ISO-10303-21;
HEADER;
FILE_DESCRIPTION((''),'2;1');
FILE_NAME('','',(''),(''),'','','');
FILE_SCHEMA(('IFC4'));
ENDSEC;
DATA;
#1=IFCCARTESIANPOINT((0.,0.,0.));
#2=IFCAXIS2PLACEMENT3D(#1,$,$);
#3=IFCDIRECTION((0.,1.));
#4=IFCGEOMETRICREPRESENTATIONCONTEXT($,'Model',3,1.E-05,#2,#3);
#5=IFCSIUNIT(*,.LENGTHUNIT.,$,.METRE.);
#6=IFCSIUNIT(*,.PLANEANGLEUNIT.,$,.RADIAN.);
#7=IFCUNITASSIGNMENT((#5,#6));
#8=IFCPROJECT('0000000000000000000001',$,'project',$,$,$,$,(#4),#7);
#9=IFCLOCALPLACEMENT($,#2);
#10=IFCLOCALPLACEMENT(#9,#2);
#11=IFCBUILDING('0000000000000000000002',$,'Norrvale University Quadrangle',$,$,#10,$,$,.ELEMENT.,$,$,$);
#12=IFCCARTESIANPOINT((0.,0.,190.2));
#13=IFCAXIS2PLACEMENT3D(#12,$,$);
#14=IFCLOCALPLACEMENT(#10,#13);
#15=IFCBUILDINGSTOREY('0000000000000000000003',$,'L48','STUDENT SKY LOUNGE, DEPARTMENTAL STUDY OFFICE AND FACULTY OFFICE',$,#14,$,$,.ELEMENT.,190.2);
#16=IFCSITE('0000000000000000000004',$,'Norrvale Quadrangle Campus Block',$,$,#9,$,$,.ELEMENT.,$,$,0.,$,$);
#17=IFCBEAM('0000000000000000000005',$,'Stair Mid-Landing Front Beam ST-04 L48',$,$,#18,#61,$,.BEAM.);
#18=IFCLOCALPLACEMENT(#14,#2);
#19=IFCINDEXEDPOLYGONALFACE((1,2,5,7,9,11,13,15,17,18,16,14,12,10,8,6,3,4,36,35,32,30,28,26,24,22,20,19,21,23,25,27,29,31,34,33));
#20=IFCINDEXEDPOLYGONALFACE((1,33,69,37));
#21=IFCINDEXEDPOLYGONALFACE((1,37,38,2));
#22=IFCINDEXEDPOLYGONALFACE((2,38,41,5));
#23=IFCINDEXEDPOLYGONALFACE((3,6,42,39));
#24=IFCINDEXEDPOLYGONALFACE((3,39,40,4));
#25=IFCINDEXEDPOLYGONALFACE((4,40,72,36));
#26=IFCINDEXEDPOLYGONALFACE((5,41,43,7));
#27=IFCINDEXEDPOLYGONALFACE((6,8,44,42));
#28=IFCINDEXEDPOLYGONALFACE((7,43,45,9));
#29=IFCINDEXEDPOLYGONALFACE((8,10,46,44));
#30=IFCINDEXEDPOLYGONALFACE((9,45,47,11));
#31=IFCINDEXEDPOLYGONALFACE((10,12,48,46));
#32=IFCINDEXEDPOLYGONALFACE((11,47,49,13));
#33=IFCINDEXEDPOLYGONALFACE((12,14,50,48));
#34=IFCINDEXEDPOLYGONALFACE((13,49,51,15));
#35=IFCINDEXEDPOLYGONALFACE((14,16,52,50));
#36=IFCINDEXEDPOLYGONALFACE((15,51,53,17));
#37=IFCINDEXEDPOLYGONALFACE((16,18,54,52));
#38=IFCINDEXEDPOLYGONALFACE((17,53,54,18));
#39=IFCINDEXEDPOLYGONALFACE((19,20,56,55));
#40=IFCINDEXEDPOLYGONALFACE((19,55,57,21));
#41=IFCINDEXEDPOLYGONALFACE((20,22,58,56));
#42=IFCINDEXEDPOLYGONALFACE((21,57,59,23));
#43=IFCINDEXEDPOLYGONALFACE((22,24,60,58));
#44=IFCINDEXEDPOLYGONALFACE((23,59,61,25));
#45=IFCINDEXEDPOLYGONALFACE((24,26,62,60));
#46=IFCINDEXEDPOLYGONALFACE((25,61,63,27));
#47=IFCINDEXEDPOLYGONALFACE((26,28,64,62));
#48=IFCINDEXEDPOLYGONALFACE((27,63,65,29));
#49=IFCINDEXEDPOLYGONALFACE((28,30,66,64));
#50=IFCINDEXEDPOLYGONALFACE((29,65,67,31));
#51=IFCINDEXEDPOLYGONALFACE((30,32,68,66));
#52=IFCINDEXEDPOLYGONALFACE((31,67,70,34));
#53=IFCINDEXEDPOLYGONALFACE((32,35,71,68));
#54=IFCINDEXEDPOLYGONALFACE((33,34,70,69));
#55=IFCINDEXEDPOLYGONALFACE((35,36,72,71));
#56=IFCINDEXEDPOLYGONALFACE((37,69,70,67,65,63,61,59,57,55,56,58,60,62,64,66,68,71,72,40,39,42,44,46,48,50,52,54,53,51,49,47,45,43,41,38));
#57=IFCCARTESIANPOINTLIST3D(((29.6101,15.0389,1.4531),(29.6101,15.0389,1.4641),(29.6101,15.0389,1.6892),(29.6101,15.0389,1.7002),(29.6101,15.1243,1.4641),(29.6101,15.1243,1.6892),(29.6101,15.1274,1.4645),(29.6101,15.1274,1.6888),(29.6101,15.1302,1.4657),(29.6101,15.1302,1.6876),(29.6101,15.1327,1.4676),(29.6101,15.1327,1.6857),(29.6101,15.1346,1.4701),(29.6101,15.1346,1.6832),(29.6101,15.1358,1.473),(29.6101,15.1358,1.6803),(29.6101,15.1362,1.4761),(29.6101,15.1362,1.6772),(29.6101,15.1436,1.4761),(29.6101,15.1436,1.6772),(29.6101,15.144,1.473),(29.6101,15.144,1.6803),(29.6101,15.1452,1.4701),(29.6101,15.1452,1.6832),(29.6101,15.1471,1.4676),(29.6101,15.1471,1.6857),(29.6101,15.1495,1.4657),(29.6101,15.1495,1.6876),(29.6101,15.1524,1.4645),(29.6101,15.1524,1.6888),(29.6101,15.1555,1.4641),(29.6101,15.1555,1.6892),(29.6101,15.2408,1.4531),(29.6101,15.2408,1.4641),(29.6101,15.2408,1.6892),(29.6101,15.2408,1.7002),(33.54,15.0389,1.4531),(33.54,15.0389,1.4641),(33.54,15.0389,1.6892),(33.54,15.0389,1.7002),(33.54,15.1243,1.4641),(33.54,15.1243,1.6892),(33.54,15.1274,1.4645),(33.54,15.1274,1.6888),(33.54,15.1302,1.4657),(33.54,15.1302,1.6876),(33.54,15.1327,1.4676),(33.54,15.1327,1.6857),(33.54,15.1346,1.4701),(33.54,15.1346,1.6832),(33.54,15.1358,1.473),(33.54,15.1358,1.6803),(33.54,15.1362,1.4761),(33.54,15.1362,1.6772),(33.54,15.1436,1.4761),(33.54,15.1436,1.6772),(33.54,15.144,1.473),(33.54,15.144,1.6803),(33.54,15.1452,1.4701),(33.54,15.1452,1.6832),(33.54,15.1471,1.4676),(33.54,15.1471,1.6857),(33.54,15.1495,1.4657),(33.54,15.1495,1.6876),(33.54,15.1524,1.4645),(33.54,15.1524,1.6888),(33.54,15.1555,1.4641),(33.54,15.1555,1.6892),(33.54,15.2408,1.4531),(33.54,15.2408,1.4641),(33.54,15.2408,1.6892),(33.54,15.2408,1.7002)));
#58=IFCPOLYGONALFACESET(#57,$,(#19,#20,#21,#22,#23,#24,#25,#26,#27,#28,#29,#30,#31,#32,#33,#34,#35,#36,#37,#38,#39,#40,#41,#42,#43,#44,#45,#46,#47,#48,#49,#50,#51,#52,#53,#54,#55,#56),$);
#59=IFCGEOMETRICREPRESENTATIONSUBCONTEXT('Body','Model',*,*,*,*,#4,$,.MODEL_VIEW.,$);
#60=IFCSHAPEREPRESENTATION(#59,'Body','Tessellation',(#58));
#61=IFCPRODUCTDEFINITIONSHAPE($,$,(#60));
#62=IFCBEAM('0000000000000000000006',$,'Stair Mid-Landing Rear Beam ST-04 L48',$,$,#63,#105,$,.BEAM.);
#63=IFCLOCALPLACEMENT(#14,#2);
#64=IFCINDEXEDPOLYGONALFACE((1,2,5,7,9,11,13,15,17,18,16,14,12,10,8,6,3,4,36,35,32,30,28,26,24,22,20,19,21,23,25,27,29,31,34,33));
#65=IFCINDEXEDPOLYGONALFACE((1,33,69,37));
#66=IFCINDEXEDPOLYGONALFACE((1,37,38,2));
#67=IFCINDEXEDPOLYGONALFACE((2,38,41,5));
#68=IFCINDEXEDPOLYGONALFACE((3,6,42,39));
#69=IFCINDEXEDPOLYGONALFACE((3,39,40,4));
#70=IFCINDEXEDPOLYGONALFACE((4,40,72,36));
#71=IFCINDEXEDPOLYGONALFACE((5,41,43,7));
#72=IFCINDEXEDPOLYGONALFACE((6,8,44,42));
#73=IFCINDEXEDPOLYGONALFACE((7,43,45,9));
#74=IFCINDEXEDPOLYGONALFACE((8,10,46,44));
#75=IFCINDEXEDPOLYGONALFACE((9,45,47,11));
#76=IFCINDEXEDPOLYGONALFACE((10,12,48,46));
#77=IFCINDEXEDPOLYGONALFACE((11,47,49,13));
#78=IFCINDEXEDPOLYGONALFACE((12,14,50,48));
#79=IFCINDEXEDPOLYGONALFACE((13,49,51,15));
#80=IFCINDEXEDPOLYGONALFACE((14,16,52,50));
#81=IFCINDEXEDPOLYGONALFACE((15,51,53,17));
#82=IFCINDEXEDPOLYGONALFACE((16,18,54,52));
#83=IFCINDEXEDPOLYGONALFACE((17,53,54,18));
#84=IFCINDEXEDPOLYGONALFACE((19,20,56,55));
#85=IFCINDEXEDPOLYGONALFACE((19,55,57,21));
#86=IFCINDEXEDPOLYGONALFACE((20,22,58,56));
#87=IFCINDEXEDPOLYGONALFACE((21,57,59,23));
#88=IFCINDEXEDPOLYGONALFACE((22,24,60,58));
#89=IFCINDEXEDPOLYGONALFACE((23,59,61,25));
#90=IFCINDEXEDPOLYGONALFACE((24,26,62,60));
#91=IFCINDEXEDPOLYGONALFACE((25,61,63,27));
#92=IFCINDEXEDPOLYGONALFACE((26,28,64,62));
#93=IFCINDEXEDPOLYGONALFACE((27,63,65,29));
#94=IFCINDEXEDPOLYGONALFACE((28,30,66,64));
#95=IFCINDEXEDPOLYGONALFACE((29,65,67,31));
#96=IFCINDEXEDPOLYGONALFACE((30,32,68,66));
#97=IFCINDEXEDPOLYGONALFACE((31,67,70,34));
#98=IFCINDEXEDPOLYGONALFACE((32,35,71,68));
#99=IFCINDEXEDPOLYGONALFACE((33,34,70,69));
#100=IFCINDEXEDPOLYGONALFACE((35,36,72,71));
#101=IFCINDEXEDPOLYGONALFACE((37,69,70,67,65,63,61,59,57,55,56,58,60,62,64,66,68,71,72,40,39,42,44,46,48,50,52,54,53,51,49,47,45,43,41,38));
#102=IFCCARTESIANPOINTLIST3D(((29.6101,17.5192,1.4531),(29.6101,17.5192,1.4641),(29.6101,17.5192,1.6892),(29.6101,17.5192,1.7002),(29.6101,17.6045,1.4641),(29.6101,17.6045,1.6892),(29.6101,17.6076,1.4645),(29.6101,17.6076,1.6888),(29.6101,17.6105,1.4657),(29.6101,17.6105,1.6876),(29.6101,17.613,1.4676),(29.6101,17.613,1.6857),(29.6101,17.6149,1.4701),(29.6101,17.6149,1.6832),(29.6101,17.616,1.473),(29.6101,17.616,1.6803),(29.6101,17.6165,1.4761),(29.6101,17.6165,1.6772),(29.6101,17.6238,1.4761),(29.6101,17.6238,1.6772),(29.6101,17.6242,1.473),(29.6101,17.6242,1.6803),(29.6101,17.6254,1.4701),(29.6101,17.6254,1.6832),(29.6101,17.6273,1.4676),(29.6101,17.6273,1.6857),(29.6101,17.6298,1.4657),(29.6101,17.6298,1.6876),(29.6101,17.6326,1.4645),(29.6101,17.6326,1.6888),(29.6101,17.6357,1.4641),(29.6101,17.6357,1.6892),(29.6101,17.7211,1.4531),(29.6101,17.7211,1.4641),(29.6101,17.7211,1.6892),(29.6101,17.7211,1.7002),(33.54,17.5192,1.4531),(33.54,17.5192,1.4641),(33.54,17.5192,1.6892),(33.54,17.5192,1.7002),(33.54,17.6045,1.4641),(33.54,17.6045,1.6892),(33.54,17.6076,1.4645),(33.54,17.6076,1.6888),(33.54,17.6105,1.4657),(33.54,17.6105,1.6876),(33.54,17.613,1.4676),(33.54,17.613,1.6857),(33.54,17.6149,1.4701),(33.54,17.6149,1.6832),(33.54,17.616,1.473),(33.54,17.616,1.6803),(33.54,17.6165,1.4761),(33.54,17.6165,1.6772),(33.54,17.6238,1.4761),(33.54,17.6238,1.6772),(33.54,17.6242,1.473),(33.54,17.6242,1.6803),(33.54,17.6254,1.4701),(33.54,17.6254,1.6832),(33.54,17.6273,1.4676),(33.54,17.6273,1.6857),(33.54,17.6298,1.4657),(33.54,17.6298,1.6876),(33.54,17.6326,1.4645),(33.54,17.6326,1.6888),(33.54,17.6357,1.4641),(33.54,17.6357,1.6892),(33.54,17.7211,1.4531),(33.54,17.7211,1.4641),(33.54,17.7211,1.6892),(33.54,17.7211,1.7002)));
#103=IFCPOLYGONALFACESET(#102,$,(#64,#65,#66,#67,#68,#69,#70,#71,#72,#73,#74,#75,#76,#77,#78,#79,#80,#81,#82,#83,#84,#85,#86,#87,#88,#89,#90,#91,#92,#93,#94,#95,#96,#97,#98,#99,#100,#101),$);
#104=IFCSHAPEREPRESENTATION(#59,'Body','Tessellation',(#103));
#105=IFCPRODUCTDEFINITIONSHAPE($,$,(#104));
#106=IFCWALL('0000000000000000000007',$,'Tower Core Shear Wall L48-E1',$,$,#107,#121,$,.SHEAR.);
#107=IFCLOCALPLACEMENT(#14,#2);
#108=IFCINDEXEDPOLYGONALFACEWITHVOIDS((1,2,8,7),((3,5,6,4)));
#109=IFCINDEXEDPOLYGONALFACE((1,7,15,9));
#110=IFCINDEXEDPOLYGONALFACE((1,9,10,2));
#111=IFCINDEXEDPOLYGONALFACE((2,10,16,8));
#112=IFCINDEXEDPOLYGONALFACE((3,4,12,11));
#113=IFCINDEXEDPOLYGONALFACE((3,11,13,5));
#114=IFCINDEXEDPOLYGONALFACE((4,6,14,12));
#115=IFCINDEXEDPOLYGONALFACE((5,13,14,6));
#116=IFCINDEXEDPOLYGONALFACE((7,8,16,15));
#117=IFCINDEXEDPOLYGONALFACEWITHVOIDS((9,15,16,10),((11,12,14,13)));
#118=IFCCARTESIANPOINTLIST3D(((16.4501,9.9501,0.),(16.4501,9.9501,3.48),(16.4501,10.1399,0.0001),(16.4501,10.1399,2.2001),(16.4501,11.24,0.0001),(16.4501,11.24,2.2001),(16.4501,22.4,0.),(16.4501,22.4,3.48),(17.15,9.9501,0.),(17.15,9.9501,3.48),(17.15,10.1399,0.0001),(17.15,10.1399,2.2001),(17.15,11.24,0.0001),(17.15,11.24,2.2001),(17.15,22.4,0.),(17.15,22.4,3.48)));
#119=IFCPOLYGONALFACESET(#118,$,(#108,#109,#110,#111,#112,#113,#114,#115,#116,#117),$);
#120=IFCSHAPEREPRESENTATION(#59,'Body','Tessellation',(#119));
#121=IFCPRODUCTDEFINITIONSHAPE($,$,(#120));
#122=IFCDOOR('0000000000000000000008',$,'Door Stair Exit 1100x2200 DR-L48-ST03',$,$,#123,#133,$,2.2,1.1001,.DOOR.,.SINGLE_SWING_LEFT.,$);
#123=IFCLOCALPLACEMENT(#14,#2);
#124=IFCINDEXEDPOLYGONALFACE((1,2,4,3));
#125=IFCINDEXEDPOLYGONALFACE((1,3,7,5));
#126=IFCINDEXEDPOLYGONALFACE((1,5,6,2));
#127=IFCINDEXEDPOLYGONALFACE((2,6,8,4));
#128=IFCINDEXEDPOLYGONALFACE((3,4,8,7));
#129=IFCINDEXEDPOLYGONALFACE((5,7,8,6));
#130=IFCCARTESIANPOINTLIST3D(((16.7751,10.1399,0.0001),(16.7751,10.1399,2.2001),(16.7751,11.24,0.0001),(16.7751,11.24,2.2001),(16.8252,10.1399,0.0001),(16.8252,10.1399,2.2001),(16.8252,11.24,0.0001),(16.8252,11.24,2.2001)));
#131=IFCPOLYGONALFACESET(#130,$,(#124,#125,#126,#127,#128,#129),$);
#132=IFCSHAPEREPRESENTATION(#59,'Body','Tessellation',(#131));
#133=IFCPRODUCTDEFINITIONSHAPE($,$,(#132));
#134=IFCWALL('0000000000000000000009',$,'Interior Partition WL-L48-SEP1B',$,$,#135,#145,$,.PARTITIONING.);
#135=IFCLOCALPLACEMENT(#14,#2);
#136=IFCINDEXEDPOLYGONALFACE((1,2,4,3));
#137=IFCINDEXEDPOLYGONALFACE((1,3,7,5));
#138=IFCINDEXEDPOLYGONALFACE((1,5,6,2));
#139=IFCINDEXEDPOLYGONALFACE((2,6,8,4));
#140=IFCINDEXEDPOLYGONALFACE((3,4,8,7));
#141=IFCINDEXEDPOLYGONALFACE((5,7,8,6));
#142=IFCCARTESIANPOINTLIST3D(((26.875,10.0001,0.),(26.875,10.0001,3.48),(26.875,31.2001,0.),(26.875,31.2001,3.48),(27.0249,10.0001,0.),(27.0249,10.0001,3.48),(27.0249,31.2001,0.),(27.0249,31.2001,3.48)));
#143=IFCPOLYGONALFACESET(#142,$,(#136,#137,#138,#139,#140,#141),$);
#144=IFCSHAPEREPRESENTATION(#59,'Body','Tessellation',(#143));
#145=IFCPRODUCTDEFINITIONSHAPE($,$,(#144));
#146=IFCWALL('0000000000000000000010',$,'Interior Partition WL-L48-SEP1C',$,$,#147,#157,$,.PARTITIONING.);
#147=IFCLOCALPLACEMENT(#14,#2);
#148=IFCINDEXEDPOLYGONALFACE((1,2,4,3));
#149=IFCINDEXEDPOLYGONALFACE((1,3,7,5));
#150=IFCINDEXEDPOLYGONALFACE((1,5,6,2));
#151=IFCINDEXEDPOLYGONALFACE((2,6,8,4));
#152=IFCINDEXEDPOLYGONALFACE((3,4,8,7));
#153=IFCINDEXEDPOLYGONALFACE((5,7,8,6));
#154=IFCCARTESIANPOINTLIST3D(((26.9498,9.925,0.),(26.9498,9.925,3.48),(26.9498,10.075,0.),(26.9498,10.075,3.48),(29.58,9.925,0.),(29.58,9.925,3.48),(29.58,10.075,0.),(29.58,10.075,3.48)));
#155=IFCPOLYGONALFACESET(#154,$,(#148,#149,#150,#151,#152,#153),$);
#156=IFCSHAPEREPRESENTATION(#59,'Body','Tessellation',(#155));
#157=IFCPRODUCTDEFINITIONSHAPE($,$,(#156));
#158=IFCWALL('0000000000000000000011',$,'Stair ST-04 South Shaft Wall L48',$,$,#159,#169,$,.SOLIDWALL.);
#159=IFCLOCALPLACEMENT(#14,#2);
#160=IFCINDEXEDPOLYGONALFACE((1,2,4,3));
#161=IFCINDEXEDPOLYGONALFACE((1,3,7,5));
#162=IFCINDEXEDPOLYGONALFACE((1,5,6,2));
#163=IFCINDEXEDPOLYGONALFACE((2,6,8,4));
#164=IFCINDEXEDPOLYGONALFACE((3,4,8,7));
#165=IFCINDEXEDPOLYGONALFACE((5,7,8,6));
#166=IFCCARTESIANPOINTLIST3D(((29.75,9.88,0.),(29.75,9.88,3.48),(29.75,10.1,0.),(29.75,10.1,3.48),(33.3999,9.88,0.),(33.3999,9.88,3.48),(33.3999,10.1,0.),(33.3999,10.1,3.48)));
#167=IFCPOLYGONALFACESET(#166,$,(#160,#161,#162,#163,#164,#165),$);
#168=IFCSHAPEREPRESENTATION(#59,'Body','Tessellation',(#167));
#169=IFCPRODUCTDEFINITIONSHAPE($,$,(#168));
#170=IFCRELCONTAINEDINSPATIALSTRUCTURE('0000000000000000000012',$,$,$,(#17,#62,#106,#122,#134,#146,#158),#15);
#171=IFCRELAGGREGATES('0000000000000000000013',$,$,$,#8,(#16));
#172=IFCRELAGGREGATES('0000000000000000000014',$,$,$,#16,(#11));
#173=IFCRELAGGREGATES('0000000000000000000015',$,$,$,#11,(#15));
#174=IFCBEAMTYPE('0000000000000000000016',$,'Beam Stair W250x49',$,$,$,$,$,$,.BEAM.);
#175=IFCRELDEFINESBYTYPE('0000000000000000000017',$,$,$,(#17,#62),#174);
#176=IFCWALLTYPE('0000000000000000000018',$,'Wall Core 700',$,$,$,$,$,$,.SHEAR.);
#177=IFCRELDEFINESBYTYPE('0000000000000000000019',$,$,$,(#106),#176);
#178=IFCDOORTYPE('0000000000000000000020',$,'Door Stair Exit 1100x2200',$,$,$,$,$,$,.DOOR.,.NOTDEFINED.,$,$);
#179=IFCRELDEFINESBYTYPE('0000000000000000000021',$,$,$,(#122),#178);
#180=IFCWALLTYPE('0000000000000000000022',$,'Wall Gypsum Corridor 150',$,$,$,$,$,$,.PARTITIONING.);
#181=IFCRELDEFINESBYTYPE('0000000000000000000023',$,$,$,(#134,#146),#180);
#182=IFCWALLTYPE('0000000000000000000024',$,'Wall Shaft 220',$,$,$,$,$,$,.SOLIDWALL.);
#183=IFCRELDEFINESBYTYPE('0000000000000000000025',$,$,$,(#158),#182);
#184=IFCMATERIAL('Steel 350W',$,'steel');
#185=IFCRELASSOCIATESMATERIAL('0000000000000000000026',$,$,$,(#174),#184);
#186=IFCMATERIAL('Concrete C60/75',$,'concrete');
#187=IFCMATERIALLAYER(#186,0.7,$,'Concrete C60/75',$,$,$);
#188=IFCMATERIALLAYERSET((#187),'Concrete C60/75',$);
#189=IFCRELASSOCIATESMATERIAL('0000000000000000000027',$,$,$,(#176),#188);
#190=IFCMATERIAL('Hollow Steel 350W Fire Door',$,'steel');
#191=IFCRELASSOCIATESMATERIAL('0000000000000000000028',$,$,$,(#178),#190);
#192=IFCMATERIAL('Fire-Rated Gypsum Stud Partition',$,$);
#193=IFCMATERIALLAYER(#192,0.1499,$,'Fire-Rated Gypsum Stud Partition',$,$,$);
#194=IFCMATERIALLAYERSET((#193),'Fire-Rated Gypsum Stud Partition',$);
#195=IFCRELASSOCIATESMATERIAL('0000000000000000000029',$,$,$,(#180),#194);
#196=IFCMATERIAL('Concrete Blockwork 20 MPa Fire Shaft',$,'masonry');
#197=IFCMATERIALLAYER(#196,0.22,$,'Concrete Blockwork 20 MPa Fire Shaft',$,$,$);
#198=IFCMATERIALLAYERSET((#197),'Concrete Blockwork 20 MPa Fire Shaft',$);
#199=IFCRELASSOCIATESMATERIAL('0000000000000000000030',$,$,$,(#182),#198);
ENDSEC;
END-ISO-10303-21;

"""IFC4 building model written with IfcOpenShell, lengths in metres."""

from ifc_helpers import new_model, si_unit, direction, frame, frame_2d, origin, origin_2d, place, context, subcontext, project, spatial, rectangle, i_section, extrude, material, layer, layer_set, material_profile, profile_set, type_object, element, fill, save


model = new_model("IFC4")

# Units and contexts
model_context = context("Model", 3, precision=1e-05, world=origin(), true_north=direction((0.0, 1.0)))
body_context = subcontext(model_context, "Body", "Model", "MODEL_VIEW")
ifc_project = project(units=[si_unit("LENGTHUNIT", "METRE"), si_unit("PLANEANGLEUNIT", "RADIAN")], contexts=[model_context])

# Site, building, storey
site_placement = place(None, origin())
site = spatial("IfcSite", under=ifc_project, at=site_placement, Name="Norrvale Quadrangle Campus Block", CompositionType="ELEMENT", RefElevation=0.0)
building_placement = place(site_placement, origin())
building = spatial("IfcBuilding", under=site, at=building_placement, Name="Norrvale University Quadrangle", CompositionType="ELEMENT")
storey_placement = place(building_placement, frame((0.0, 0.0, 190.2)))
storey = spatial("IfcBuildingStorey", under=building, at=storey_placement, Name="L48", Description="STUDENT SKY LOUNGE, DEPARTMENTAL STUDY OFFICE AND FACULTY OFFICE", CompositionType="ELEMENT", Elevation=190.2)

# Shared definitions
ifc_material_1 = material(Name="Concrete C60/75", Category="concrete")

# Beams
ifc_material_2 = material(Name="Steel 350W", Category="steel")
ifc_material_profile_1 = material_profile(ifc_material_2, i_section(OverallWidth=0.2019, OverallDepth=0.2471, WebThickness=0.0073, FlangeThickness=0.011, FilletRadius=0.012, at=origin_2d()), Name="Steel 350W")
ifc_profile_set_1 = profile_set([ifc_material_profile_1], Name="Steel 350W")
beam_type_1 = type_object("IfcBeamType", Name="Beam Stair W250x49", PredefinedType="BEAM", material=ifc_profile_set_1)
for number, where, z_axis, x_axis, name in (
    (1, (29.6101, 15.1399, 1.5767), (1.0, 0.0, 0.0), (0.0, 1.0, 0.0), "Stair Mid-Landing Front Beam ST-04 L48"),
    (2, (29.6101, 17.6201, 1.5767), (1.0, 0.0, 0.0), (0.0, 1.0, 0.0), "Stair Mid-Landing Rear Beam ST-04 L48"),
):
    element("IfcBeam", number, at=place(storey_placement, frame(where, z_axis=z_axis, x_axis=x_axis)), inside=storey, type_object=beam_type_1, Name=name, PredefinedType="BEAM", context=body_context, shape_type="SweptSolid", body=[
        extrude(i_section(OverallWidth=0.2019, OverallDepth=0.2471, WebThickness=0.0073, FlangeThickness=0.011, FilletRadius=0.012, at=origin_2d()), origin(), (0.0, 0.0, 1.0), 3.9299),
    ])

# Wall, opening, door
ifc_layer_1 = layer(ifc_material_1, 0.7, Name="Concrete C60/75")
ifc_layer_set_1 = layer_set([ifc_layer_1], Name="Concrete C60/75")
wall_type_1 = type_object("IfcWallType", Name="Wall Core 700", PredefinedType="SHEAR", material=ifc_layer_set_1)
wall_1_placement = place(storey_placement, frame((16.8, 9.95, 0.0), z_axis=(0.0, 0.0, 1.0), x_axis=(0.0, 1.0, 0.0)))
wall_1 = element("IfcWall", 3, at=wall_1_placement, inside=storey, type_object=wall_type_1, Name="Tower Core Shear Wall L48-E1", PredefinedType="SHEAR", context=body_context, shape_type="SweptSolid", body=[
    extrude(rectangle(XDim=12.45, YDim=0.7, at=frame_2d((6.2251, 0.0))), origin(), (0.0, 0.0, 1.0), 3.48),
])
opening_1_placement = place(wall_1_placement, frame((0.1899, 0.0, 0.0)))
opening_1 = element("IfcOpeningElement", 4, at=opening_1_placement, cuts=wall_1, PredefinedType="OPENING", context=body_context, shape_type="SweptSolid", body=[
    extrude(rectangle(XDim=1.1001, YDim=2.2, at=frame_2d((0.55, 1.1001))), frame((0.0, 0.3621, 0.0), z_axis=(0.0, -1.0, 0.0), x_axis=(1.0, 0.0, 0.0)), (0.0, 0.0, 1.0), 0.7239),
])
ifc_material_3 = material(Name="Hollow Steel 350W Fire Door", Category="steel")
door_type = type_object("IfcDoorType", Name="Door Stair Exit 1100x2200", OperationType="NOTDEFINED", PredefinedType="DOOR", material=ifc_material_3)
door_1_placement = place(opening_1_placement, origin())
door_1 = element("IfcDoor", 5, at=door_1_placement, inside=storey, type_object=door_type, Name="Door Stair Exit 1100x2200 DR-L48-ST03", OperationType="SINGLE_SWING_LEFT", OverallHeight=2.2, OverallWidth=1.1001, PredefinedType="DOOR", context=body_context, shape_type="SweptSolid", body=[
    extrude(rectangle(XDim=1.1001, YDim=2.2, at=frame_2d((0.55, 1.1001))), frame((0.0, 0.0249, 0.0), z_axis=(0.0, -1.0, 0.0), x_axis=(1.0, 0.0, 0.0)), (0.0, 0.0, 1.0), 0.05),
])
fill(opening_1, door_1)

# Walls
ifc_material_4 = material(Name="Fire-Rated Gypsum Stud Partition")
ifc_layer_2 = layer(ifc_material_4, 0.1499, Name="Fire-Rated Gypsum Stud Partition")
ifc_layer_set_2 = layer_set([ifc_layer_2], Name="Fire-Rated Gypsum Stud Partition")
wall_type_2 = type_object("IfcWallType", Name="Wall Gypsum Corridor 150", PredefinedType="PARTITIONING", material=ifc_layer_set_2)
wall_2_placement = place(storey_placement, frame((26.95, 10.0, 0.0), z_axis=(0.0, 0.0, 1.0), x_axis=(0.0, 1.0, 0.0)))
element("IfcWall", 6, at=wall_2_placement, inside=storey, type_object=wall_type_2, Name="Interior Partition WL-L48-SEP1B", PredefinedType="PARTITIONING", context=body_context, shape_type="SweptSolid", body=[
    extrude(rectangle(XDim=21.2, YDim=0.1499, at=frame_2d((10.6001, 0.0))), origin(), (0.0, 0.0, 1.0), 3.48),
])
wall_3_placement = place(storey_placement, frame((26.95, 10.0, 0.0), z_axis=(0.0, 0.0, 1.0), x_axis=(1.0, 0.0, 0.0)))
element("IfcWall", 7, at=wall_3_placement, inside=storey, type_object=wall_type_2, Name="Interior Partition WL-L48-SEP1C", PredefinedType="PARTITIONING", context=body_context, shape_type="SweptSolid", body=[
    extrude(rectangle(XDim=2.6301, YDim=0.1499, at=frame_2d((1.3149, 0.0))), origin(), (0.0, 0.0, 1.0), 3.48),
])
ifc_material_5 = material(Name="Concrete Blockwork 20 MPa Fire Shaft", Category="masonry")
ifc_layer_3 = layer(ifc_material_5, 0.22, Name="Concrete Blockwork 20 MPa Fire Shaft")
ifc_layer_set_3 = layer_set([ifc_layer_3], Name="Concrete Blockwork 20 MPa Fire Shaft")
wall_type_3 = type_object("IfcWallType", Name="Wall Shaft 220", PredefinedType="SOLIDWALL", material=ifc_layer_set_3)
wall_4_placement = place(storey_placement, frame((29.75, 9.99, 0.0), z_axis=(0.0, 0.0, 1.0), x_axis=(1.0, 0.0, 0.0)))
element("IfcWall", 8, at=wall_4_placement, inside=storey, type_object=wall_type_3, Name="Stair ST-04 South Shaft Wall L48", PredefinedType="SOLIDWALL", context=body_context, shape_type="SweptSolid", body=[
    extrude(rectangle(XDim=3.6499, YDim=0.22, at=frame_2d((1.825, 0.0))), origin(), (0.0, 0.0, 1.0), 3.48),
])

save(model, "model.ifc")
